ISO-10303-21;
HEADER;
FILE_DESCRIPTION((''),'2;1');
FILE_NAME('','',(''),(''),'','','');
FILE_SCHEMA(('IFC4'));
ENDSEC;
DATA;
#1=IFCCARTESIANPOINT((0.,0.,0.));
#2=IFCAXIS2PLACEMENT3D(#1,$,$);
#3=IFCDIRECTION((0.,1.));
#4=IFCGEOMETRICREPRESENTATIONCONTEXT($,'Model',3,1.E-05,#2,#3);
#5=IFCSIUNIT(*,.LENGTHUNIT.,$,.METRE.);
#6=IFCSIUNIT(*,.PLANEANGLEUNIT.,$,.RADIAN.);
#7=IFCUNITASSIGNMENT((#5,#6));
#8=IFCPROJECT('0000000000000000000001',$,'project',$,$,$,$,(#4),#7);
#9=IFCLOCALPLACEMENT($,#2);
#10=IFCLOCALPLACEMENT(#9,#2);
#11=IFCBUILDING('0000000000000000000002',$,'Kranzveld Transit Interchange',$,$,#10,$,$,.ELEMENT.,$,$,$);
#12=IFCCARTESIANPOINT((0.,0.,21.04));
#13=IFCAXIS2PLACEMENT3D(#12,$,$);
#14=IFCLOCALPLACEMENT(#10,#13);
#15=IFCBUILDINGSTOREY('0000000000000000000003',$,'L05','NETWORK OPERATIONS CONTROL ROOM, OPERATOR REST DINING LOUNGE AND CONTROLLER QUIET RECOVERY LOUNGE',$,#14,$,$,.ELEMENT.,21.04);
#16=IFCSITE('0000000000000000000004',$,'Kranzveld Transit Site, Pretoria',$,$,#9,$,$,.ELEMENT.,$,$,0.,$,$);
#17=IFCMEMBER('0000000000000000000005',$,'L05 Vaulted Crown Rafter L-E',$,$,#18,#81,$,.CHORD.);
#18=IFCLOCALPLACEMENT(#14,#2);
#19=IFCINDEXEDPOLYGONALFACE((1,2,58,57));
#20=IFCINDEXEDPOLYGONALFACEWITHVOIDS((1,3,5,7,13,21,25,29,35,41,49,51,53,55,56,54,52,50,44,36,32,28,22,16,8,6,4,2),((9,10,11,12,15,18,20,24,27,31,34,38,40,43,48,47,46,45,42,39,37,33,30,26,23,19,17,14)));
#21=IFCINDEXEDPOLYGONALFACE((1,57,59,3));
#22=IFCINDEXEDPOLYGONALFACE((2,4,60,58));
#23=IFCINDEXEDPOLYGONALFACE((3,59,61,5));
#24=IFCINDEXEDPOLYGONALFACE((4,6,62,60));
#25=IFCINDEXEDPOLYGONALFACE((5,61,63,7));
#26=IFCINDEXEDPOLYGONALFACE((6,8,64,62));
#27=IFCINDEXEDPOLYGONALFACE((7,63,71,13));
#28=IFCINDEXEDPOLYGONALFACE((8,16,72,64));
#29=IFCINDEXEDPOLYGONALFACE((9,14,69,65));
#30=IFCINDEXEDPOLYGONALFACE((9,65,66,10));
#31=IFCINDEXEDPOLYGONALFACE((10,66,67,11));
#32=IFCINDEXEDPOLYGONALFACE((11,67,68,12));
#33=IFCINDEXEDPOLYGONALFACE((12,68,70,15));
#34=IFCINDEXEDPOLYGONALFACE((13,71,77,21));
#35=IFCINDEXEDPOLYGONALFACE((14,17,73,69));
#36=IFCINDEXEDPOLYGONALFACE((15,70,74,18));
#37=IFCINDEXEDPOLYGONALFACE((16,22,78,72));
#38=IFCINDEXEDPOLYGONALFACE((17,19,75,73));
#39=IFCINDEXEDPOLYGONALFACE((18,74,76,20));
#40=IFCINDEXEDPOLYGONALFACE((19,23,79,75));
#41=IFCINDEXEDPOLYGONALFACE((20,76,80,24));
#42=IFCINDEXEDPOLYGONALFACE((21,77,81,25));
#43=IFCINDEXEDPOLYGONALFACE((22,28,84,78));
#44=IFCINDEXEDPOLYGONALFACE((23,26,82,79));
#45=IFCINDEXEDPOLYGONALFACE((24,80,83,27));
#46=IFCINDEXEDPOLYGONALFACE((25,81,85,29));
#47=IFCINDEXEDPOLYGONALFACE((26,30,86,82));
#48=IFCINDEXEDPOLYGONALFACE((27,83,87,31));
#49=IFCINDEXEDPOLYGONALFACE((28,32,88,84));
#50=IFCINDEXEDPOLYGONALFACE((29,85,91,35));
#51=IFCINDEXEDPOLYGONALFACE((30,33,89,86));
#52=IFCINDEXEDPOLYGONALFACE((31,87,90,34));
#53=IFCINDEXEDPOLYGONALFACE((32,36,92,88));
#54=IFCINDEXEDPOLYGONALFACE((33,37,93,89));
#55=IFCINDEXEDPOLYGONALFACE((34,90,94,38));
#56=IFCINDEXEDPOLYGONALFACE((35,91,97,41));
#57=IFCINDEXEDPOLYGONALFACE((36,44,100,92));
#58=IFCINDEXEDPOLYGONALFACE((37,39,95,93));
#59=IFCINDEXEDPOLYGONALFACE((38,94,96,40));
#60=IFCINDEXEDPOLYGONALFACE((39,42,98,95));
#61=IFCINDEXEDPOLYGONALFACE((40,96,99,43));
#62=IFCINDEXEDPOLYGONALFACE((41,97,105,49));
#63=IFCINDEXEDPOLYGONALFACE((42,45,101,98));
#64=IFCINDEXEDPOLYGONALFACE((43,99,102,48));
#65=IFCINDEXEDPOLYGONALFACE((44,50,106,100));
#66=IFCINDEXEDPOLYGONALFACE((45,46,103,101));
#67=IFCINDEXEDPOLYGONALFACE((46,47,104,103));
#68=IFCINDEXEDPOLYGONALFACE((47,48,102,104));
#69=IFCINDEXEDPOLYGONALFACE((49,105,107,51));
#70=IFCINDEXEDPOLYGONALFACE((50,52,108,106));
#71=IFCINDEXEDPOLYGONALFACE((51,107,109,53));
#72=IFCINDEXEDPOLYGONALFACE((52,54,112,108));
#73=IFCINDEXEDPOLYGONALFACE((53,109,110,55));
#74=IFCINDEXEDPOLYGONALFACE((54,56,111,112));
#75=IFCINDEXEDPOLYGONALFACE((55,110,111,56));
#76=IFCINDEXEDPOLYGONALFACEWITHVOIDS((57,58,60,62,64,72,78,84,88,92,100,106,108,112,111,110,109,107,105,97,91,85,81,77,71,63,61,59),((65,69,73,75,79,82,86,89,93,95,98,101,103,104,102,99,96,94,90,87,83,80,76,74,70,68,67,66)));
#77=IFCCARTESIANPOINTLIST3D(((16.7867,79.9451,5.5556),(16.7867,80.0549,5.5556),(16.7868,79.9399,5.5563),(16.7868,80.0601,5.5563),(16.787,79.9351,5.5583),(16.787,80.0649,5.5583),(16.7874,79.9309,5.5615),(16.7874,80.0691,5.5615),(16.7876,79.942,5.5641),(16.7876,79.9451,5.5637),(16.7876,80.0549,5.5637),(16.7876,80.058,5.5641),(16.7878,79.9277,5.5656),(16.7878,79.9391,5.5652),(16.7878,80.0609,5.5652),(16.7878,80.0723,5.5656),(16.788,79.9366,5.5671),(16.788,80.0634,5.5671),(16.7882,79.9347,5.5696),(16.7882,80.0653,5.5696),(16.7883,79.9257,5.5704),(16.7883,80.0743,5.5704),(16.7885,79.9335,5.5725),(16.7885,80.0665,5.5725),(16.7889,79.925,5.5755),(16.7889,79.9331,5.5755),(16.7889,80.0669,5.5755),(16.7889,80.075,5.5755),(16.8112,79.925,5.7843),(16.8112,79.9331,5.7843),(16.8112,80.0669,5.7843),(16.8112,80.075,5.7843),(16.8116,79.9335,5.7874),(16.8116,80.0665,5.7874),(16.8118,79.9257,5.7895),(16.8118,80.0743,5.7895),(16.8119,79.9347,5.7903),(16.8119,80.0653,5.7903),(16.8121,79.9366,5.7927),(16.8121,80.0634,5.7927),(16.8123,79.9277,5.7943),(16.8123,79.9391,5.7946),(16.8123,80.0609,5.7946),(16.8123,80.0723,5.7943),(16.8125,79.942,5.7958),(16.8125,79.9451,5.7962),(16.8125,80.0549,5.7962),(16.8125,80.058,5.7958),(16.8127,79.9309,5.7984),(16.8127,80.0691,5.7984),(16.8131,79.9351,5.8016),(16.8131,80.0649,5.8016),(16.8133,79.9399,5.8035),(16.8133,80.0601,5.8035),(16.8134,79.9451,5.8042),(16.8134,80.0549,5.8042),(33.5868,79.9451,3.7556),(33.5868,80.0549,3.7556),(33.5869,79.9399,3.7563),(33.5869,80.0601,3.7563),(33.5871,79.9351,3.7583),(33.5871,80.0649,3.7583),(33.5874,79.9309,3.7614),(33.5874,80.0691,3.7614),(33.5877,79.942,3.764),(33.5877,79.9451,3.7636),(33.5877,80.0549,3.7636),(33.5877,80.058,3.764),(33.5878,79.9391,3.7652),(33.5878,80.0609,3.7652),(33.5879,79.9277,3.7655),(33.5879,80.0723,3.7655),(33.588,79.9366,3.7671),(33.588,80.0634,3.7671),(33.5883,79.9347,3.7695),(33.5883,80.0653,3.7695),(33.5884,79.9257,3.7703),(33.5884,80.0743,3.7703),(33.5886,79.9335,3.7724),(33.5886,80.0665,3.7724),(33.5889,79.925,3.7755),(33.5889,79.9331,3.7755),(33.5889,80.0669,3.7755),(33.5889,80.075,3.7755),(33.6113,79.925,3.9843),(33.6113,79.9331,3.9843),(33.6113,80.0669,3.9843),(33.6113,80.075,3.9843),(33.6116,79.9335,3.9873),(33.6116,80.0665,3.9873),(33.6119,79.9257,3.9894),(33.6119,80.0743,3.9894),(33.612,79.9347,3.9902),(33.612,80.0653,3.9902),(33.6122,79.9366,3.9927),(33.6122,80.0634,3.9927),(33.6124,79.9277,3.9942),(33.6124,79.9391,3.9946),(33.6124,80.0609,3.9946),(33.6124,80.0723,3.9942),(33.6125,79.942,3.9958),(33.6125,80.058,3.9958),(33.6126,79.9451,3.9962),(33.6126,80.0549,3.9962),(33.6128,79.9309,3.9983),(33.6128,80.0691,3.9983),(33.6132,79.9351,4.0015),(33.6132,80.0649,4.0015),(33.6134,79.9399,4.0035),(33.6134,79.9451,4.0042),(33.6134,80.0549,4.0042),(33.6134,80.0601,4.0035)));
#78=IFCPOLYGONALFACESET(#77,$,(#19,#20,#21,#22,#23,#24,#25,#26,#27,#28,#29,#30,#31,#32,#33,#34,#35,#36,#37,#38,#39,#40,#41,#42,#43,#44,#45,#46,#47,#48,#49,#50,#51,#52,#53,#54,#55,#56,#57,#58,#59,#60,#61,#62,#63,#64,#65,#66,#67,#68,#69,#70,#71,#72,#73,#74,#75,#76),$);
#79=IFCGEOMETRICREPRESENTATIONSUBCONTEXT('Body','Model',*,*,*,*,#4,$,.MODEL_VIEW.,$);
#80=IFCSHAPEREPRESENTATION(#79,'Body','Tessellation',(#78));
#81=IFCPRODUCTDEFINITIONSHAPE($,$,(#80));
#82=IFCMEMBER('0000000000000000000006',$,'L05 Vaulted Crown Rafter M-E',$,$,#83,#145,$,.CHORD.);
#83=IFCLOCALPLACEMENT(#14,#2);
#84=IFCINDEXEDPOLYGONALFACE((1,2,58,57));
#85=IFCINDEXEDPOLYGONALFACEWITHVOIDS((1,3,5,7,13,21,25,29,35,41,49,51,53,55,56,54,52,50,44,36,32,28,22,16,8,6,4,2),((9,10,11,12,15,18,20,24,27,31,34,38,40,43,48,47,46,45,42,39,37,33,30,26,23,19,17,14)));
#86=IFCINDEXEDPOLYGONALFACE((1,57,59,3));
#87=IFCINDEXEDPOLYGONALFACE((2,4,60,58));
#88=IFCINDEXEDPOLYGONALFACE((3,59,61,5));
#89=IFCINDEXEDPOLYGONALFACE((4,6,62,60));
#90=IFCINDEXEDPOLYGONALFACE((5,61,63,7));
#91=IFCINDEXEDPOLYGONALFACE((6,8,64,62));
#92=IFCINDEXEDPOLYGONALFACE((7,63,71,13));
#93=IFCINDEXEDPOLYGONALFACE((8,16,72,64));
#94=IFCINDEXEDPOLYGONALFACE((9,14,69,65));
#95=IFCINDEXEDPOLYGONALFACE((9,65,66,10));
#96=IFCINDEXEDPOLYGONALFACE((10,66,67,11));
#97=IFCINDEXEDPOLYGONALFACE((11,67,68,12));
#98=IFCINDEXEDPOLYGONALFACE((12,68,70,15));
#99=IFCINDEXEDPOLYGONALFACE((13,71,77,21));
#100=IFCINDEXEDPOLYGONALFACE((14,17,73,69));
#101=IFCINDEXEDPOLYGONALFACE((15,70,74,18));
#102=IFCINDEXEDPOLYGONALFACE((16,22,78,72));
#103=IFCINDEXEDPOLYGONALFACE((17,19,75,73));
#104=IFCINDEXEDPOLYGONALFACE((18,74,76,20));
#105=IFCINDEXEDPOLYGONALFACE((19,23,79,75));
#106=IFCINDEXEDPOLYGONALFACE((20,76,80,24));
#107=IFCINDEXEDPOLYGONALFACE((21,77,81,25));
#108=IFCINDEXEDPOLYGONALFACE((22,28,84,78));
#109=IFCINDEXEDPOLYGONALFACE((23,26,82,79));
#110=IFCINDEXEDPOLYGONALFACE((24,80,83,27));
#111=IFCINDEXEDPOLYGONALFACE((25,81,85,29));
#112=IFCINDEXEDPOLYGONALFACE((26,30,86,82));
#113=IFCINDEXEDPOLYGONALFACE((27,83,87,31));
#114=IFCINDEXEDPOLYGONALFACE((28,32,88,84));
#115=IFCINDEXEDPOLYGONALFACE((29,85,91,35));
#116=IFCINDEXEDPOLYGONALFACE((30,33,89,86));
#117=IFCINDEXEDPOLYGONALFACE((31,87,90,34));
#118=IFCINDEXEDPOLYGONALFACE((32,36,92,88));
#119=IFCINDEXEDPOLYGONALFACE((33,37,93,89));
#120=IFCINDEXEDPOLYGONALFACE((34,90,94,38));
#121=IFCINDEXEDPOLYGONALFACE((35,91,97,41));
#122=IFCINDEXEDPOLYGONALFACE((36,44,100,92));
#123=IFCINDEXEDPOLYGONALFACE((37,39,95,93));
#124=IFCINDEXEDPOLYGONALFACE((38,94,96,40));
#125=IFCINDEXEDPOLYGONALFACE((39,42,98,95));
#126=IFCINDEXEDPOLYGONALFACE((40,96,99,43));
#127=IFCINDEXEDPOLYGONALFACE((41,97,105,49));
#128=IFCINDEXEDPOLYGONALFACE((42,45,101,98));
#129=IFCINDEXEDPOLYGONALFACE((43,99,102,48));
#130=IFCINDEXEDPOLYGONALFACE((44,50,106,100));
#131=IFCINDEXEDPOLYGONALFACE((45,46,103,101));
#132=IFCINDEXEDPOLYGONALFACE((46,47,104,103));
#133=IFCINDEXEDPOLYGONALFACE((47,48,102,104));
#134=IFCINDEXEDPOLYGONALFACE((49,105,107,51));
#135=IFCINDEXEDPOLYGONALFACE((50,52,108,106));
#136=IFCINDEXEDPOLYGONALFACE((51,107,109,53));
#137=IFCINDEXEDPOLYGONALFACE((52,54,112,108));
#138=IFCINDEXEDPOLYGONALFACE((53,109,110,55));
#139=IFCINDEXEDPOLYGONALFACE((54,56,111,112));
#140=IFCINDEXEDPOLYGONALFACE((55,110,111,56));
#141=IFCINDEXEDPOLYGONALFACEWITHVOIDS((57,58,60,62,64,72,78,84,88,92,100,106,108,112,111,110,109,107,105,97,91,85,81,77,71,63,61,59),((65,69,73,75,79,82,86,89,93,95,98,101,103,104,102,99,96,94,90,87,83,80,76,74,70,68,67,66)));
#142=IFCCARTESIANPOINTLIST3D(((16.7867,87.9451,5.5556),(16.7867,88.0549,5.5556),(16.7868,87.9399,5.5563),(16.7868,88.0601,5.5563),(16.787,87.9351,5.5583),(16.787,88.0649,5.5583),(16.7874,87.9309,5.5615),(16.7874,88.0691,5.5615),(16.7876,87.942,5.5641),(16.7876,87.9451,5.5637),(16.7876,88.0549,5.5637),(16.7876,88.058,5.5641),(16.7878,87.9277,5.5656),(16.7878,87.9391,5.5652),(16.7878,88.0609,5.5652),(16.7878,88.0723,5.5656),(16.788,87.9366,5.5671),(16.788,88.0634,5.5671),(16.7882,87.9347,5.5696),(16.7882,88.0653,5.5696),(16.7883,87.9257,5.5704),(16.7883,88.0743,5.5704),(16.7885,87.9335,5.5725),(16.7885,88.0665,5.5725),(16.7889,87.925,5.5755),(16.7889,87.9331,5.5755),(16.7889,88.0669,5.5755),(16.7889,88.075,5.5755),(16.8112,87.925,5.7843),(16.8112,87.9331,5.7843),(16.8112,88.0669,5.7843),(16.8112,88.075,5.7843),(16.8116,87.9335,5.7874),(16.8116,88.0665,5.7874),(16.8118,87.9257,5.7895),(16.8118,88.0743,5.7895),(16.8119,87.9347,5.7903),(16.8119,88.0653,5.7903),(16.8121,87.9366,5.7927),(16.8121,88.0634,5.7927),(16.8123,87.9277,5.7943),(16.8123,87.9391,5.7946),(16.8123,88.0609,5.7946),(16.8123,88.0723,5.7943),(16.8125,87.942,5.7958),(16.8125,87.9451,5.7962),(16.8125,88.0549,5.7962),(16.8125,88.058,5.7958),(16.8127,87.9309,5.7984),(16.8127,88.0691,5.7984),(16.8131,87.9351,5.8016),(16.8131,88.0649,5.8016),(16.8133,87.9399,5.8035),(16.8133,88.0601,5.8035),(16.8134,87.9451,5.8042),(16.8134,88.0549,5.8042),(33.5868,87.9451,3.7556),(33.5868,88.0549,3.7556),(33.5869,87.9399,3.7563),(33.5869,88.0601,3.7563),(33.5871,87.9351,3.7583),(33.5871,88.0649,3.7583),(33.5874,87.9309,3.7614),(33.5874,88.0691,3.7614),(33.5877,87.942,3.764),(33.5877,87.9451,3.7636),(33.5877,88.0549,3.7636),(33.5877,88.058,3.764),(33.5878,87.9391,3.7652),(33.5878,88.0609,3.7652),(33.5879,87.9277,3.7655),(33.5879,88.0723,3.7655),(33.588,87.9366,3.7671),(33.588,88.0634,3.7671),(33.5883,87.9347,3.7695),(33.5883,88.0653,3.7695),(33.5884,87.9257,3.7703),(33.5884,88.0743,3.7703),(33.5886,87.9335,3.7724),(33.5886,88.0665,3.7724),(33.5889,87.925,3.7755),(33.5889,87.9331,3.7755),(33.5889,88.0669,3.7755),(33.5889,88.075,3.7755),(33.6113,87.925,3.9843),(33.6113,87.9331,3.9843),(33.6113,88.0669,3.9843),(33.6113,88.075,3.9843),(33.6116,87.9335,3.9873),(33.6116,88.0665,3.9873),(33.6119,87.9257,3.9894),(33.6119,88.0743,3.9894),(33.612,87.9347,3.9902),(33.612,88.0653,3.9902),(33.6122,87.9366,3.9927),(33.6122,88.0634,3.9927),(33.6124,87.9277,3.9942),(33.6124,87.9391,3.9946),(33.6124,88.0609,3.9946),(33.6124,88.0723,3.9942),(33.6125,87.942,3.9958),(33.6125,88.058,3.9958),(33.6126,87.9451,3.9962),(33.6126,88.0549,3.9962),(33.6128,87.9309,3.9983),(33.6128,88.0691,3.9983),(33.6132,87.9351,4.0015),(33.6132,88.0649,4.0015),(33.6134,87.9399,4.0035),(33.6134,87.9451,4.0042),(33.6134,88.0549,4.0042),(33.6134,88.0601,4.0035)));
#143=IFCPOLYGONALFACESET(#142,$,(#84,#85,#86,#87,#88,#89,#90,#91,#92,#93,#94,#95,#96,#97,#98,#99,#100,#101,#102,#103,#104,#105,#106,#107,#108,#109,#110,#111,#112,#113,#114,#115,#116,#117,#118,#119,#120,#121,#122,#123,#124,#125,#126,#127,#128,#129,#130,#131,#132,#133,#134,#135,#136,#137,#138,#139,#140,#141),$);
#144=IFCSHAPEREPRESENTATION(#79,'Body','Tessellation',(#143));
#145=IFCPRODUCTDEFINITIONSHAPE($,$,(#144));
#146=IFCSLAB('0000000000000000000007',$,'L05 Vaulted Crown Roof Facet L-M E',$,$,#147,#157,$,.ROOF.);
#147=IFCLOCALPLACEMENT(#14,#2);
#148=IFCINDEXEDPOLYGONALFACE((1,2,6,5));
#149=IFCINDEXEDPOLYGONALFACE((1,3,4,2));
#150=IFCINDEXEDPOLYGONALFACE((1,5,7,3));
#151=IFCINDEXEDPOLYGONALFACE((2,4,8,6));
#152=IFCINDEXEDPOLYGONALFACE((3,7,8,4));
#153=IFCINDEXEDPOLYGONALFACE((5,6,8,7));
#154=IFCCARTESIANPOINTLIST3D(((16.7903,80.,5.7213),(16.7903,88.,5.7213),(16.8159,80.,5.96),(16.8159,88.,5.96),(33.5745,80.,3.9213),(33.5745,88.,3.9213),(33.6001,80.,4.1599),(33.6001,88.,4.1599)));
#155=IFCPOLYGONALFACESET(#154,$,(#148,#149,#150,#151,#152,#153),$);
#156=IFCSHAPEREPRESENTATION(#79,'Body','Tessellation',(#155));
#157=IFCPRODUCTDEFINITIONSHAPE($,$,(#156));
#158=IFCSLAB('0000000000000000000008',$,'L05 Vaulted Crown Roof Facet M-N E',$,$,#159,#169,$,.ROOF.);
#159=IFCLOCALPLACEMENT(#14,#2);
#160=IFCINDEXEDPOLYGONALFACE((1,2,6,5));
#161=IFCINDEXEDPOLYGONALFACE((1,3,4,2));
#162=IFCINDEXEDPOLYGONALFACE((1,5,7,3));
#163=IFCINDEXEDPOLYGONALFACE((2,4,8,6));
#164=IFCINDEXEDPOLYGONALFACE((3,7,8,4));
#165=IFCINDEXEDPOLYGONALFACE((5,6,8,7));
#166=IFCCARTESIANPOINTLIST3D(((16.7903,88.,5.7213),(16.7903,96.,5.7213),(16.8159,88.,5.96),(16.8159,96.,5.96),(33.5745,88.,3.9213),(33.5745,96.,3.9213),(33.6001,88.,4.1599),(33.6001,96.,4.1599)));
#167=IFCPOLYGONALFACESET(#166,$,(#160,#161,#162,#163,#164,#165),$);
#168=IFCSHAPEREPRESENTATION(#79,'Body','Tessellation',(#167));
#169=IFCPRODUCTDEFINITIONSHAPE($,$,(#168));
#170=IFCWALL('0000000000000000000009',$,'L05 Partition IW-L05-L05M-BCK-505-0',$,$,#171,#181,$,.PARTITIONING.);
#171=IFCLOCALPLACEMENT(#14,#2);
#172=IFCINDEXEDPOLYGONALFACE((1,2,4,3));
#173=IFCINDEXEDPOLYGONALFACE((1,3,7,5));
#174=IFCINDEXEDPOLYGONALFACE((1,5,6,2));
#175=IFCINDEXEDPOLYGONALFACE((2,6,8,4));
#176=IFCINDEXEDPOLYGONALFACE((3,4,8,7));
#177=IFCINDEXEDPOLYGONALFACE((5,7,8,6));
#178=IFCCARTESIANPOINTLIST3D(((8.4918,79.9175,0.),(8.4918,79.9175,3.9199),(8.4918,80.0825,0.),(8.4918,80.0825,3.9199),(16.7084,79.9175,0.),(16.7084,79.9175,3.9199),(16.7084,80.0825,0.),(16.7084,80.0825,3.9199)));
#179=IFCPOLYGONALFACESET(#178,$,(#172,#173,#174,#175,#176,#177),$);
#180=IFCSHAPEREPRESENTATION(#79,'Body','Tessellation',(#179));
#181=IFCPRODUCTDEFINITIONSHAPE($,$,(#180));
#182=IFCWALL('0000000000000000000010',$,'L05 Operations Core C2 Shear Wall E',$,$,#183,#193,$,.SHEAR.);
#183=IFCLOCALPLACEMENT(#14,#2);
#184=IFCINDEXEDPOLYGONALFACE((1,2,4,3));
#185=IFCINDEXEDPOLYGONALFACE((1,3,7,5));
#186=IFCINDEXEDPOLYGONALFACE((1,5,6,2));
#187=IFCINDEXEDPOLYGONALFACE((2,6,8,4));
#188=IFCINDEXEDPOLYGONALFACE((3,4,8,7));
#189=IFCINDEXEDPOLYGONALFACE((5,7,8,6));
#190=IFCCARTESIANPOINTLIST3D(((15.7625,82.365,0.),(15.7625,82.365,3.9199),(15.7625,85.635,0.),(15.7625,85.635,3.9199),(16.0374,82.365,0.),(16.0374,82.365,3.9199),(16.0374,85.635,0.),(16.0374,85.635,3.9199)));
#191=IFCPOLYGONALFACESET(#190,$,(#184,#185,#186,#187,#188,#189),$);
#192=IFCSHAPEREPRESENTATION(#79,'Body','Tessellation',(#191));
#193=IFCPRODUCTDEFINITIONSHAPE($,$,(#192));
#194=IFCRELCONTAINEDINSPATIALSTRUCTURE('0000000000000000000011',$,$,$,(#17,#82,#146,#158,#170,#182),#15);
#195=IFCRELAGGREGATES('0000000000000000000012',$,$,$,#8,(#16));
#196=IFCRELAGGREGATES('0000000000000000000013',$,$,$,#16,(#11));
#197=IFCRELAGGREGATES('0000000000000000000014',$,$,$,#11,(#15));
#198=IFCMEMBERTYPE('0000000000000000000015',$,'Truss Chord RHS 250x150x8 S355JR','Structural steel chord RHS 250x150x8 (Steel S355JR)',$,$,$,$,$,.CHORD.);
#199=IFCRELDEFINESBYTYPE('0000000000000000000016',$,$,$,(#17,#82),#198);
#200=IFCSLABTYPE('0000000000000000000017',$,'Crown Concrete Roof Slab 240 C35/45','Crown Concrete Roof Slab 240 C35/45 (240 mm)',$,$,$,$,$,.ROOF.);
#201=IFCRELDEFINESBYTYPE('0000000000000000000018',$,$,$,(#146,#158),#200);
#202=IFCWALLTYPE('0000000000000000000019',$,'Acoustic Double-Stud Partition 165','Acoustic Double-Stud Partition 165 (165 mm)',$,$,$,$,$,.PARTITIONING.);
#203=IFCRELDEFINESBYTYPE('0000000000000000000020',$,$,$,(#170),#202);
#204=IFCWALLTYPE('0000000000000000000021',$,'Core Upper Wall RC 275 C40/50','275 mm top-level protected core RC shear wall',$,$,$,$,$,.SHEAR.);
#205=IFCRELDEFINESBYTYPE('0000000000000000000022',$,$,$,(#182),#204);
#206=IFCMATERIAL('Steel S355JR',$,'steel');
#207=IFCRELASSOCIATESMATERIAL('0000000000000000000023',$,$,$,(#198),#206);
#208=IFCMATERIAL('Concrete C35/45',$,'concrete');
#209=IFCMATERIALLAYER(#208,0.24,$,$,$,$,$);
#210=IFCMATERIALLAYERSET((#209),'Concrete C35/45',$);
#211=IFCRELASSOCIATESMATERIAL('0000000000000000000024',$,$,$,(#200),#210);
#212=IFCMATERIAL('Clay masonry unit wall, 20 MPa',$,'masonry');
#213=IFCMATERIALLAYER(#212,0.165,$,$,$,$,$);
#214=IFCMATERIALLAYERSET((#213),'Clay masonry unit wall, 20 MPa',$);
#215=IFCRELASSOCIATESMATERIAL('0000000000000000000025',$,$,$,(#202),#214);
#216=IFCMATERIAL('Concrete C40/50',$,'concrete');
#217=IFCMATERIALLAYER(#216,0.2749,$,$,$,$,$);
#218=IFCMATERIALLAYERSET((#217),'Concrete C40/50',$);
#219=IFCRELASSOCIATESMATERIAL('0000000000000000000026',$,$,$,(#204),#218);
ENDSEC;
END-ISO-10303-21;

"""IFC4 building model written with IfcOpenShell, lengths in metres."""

from ifc_helpers import new_model, si_unit, direction, frame, frame_2d, origin, origin_2d, place, context, subcontext, project, spatial, polyline, rectangle, hollow_rectangle, outline, extrude, material, layer, layer_set, material_profile, profile_set, type_object, element, save


model = new_model("IFC4")

# Units and contexts
model_context = context("Model", 3, precision=1e-05, world=origin(), true_north=direction((0.0, 1.0)))
body_context = subcontext(model_context, "Body", "Model", "MODEL_VIEW")
ifc_project = project(units=[si_unit("LENGTHUNIT", "METRE"), si_unit("PLANEANGLEUNIT", "RADIAN")], contexts=[model_context])

# Site, building, storey
site_placement = place(None, origin())
site = spatial("IfcSite", under=ifc_project, at=site_placement, Name="Kranzveld Transit Site, Pretoria", CompositionType="ELEMENT", RefElevation=0.0)
building_placement = place(site_placement, origin())
building = spatial("IfcBuilding", under=site, at=building_placement, Name="Kranzveld Transit Interchange", CompositionType="ELEMENT")
storey_placement = place(building_placement, frame((0.0, 0.0, 21.04)))
storey = spatial("IfcBuildingStorey", under=building, at=storey_placement, Name="L05", Description="NETWORK OPERATIONS CONTROL ROOM, OPERATOR REST DINING LOUNGE AND CONTROLLER QUIET RECOVERY LOUNGE", CompositionType="ELEMENT", Elevation=21.04)

# Members
ifc_material_1 = material(Name="Steel S355JR", Category="steel")
ifc_material_profile_1 = material_profile(ifc_material_1, hollow_rectangle(XDim=0.1499, YDim=0.25, WallThickness=0.0081, InnerFilletRadius=0.012, OuterFilletRadius=0.02, at=origin_2d()), Name="RHS 250x150x8")
ifc_profile_set_1 = profile_set([ifc_material_profile_1], Name="Steel S355JR")
member_type = type_object("IfcMemberType", Name="Truss Chord RHS 250x150x8 S355JR", Description="Structural steel chord RHS 250x150x8 (Steel S355JR)", PredefinedType="CHORD", material=ifc_profile_set_1)
for number, where, z_axis, x_axis, name in (
    (1, (16.8, 80.0, 5.6799), (0.994309, 0.0, -0.106536), (0.0, 1.0, 0.0), "L05 Vaulted Crown Rafter L-E"),
    (2, (16.8, 88.0, 5.6799), (0.994309, 0.0, -0.106536), (0.0, 1.0, 0.0), "L05 Vaulted Crown Rafter M-E"),
):
    element("IfcMember", number, at=place(storey_placement, frame(where, z_axis=z_axis, x_axis=x_axis)), inside=storey, type_object=member_type, Name=name, PredefinedType="CHORD", context=body_context, shape_type="SweptSolid", body=[
        extrude(hollow_rectangle(XDim=0.1499, YDim=0.25, WallThickness=0.0081, InnerFilletRadius=0.012, OuterFilletRadius=0.02, at=origin_2d()), origin(), (0.0, 0.0, 1.0), 16.8962),
    ])

# Slabs
ifc_material_2 = material(Name="Concrete C35/45", Category="concrete")
ifc_layer_1 = layer(ifc_material_2, 0.24)
ifc_layer_set_1 = layer_set([ifc_layer_1], Name="Concrete C35/45")
slab_type = type_object("IfcSlabType", Name="Crown Concrete Roof Slab 240 C35/45", Description="Crown Concrete Roof Slab 240 C35/45 (240 mm)", PredefinedType="ROOF", material=ifc_layer_set_1)
for number, where, z_axis, x_axis, name in (
    (3, (16.8159, 80.0, 5.96), (0.106635, 0.0, 0.994298), (0.994298, 0.0, -0.106635), "L05 Vaulted Crown Roof Facet L-M E"),
    (4, (16.8159, 88.0, 5.96), (0.106635, 0.0, 0.994298), (0.994298, 0.0, -0.106635), "L05 Vaulted Crown Roof Facet M-N E"),
):
    element("IfcSlab", number, at=place(storey_placement, frame(where, z_axis=z_axis, x_axis=x_axis)), inside=storey, type_object=slab_type, Name=name, PredefinedType="ROOF", context=body_context, shape_type="SweptSolid", body=[
        extrude(outline(polyline([(0.0, 0.0), (16.8804, 0.0), (16.8804, 8.0), (0.0, 8.0), (0.0, 0.0)])), origin(), (0.0, 0.0, -1.0), 0.24),
    ])

# Walls
ifc_material_3 = material(Name="Clay masonry unit wall, 20 MPa", Category="masonry")
ifc_layer_2 = layer(ifc_material_3, 0.165)
ifc_layer_set_2 = layer_set([ifc_layer_2], Name="Clay masonry unit wall, 20 MPa")
wall_type_1 = type_object("IfcWallType", Name="Acoustic Double-Stud Partition 165", Description="Acoustic Double-Stud Partition 165 (165 mm)", PredefinedType="PARTITIONING", material=ifc_layer_set_2)
wall_1_placement = place(storey_placement, frame((8.4917, 80.0, 0.0), z_axis=(0.0, 0.0, 1.0), x_axis=(1.0, 0.0, 0.0)))
element("IfcWall", 5, at=wall_1_placement, inside=storey, type_object=wall_type_1, Name="L05 Partition IW-L05-L05M-BCK-505-0", PredefinedType="PARTITIONING", context=body_context, shape_type="SweptSolid", body=[
    extrude(rectangle(XDim=8.2166, YDim=0.165, at=frame_2d((4.1084, 0.0))), origin(), (0.0, 0.0, 1.0), 3.9199),
])
ifc_material_4 = material(Name="Concrete C40/50", Category="concrete")
ifc_layer_3 = layer(ifc_material_4, 0.2749)
ifc_layer_set_3 = layer_set([ifc_layer_3], Name="Concrete C40/50")
wall_type_2 = type_object("IfcWallType", Name="Core Upper Wall RC 275 C40/50", Description="275 mm top-level protected core RC shear wall", PredefinedType="SHEAR", material=ifc_layer_set_3)
wall_2_placement = place(storey_placement, frame((15.8999, 82.365, 0.0), z_axis=(0.0, 0.0, 1.0), x_axis=(0.0, 1.0, 0.0)))
element("IfcWall", 6, at=wall_2_placement, inside=storey, type_object=wall_type_2, Name="L05 Operations Core C2 Shear Wall E", PredefinedType="SHEAR", context=body_context, shape_type="SweptSolid", body=[
    extrude(rectangle(XDim=3.27, YDim=0.2749, at=frame_2d((1.635, 0.0))), origin(), (0.0, 0.0, 1.0), 3.9199),
])

save(model, "model.ifc")
